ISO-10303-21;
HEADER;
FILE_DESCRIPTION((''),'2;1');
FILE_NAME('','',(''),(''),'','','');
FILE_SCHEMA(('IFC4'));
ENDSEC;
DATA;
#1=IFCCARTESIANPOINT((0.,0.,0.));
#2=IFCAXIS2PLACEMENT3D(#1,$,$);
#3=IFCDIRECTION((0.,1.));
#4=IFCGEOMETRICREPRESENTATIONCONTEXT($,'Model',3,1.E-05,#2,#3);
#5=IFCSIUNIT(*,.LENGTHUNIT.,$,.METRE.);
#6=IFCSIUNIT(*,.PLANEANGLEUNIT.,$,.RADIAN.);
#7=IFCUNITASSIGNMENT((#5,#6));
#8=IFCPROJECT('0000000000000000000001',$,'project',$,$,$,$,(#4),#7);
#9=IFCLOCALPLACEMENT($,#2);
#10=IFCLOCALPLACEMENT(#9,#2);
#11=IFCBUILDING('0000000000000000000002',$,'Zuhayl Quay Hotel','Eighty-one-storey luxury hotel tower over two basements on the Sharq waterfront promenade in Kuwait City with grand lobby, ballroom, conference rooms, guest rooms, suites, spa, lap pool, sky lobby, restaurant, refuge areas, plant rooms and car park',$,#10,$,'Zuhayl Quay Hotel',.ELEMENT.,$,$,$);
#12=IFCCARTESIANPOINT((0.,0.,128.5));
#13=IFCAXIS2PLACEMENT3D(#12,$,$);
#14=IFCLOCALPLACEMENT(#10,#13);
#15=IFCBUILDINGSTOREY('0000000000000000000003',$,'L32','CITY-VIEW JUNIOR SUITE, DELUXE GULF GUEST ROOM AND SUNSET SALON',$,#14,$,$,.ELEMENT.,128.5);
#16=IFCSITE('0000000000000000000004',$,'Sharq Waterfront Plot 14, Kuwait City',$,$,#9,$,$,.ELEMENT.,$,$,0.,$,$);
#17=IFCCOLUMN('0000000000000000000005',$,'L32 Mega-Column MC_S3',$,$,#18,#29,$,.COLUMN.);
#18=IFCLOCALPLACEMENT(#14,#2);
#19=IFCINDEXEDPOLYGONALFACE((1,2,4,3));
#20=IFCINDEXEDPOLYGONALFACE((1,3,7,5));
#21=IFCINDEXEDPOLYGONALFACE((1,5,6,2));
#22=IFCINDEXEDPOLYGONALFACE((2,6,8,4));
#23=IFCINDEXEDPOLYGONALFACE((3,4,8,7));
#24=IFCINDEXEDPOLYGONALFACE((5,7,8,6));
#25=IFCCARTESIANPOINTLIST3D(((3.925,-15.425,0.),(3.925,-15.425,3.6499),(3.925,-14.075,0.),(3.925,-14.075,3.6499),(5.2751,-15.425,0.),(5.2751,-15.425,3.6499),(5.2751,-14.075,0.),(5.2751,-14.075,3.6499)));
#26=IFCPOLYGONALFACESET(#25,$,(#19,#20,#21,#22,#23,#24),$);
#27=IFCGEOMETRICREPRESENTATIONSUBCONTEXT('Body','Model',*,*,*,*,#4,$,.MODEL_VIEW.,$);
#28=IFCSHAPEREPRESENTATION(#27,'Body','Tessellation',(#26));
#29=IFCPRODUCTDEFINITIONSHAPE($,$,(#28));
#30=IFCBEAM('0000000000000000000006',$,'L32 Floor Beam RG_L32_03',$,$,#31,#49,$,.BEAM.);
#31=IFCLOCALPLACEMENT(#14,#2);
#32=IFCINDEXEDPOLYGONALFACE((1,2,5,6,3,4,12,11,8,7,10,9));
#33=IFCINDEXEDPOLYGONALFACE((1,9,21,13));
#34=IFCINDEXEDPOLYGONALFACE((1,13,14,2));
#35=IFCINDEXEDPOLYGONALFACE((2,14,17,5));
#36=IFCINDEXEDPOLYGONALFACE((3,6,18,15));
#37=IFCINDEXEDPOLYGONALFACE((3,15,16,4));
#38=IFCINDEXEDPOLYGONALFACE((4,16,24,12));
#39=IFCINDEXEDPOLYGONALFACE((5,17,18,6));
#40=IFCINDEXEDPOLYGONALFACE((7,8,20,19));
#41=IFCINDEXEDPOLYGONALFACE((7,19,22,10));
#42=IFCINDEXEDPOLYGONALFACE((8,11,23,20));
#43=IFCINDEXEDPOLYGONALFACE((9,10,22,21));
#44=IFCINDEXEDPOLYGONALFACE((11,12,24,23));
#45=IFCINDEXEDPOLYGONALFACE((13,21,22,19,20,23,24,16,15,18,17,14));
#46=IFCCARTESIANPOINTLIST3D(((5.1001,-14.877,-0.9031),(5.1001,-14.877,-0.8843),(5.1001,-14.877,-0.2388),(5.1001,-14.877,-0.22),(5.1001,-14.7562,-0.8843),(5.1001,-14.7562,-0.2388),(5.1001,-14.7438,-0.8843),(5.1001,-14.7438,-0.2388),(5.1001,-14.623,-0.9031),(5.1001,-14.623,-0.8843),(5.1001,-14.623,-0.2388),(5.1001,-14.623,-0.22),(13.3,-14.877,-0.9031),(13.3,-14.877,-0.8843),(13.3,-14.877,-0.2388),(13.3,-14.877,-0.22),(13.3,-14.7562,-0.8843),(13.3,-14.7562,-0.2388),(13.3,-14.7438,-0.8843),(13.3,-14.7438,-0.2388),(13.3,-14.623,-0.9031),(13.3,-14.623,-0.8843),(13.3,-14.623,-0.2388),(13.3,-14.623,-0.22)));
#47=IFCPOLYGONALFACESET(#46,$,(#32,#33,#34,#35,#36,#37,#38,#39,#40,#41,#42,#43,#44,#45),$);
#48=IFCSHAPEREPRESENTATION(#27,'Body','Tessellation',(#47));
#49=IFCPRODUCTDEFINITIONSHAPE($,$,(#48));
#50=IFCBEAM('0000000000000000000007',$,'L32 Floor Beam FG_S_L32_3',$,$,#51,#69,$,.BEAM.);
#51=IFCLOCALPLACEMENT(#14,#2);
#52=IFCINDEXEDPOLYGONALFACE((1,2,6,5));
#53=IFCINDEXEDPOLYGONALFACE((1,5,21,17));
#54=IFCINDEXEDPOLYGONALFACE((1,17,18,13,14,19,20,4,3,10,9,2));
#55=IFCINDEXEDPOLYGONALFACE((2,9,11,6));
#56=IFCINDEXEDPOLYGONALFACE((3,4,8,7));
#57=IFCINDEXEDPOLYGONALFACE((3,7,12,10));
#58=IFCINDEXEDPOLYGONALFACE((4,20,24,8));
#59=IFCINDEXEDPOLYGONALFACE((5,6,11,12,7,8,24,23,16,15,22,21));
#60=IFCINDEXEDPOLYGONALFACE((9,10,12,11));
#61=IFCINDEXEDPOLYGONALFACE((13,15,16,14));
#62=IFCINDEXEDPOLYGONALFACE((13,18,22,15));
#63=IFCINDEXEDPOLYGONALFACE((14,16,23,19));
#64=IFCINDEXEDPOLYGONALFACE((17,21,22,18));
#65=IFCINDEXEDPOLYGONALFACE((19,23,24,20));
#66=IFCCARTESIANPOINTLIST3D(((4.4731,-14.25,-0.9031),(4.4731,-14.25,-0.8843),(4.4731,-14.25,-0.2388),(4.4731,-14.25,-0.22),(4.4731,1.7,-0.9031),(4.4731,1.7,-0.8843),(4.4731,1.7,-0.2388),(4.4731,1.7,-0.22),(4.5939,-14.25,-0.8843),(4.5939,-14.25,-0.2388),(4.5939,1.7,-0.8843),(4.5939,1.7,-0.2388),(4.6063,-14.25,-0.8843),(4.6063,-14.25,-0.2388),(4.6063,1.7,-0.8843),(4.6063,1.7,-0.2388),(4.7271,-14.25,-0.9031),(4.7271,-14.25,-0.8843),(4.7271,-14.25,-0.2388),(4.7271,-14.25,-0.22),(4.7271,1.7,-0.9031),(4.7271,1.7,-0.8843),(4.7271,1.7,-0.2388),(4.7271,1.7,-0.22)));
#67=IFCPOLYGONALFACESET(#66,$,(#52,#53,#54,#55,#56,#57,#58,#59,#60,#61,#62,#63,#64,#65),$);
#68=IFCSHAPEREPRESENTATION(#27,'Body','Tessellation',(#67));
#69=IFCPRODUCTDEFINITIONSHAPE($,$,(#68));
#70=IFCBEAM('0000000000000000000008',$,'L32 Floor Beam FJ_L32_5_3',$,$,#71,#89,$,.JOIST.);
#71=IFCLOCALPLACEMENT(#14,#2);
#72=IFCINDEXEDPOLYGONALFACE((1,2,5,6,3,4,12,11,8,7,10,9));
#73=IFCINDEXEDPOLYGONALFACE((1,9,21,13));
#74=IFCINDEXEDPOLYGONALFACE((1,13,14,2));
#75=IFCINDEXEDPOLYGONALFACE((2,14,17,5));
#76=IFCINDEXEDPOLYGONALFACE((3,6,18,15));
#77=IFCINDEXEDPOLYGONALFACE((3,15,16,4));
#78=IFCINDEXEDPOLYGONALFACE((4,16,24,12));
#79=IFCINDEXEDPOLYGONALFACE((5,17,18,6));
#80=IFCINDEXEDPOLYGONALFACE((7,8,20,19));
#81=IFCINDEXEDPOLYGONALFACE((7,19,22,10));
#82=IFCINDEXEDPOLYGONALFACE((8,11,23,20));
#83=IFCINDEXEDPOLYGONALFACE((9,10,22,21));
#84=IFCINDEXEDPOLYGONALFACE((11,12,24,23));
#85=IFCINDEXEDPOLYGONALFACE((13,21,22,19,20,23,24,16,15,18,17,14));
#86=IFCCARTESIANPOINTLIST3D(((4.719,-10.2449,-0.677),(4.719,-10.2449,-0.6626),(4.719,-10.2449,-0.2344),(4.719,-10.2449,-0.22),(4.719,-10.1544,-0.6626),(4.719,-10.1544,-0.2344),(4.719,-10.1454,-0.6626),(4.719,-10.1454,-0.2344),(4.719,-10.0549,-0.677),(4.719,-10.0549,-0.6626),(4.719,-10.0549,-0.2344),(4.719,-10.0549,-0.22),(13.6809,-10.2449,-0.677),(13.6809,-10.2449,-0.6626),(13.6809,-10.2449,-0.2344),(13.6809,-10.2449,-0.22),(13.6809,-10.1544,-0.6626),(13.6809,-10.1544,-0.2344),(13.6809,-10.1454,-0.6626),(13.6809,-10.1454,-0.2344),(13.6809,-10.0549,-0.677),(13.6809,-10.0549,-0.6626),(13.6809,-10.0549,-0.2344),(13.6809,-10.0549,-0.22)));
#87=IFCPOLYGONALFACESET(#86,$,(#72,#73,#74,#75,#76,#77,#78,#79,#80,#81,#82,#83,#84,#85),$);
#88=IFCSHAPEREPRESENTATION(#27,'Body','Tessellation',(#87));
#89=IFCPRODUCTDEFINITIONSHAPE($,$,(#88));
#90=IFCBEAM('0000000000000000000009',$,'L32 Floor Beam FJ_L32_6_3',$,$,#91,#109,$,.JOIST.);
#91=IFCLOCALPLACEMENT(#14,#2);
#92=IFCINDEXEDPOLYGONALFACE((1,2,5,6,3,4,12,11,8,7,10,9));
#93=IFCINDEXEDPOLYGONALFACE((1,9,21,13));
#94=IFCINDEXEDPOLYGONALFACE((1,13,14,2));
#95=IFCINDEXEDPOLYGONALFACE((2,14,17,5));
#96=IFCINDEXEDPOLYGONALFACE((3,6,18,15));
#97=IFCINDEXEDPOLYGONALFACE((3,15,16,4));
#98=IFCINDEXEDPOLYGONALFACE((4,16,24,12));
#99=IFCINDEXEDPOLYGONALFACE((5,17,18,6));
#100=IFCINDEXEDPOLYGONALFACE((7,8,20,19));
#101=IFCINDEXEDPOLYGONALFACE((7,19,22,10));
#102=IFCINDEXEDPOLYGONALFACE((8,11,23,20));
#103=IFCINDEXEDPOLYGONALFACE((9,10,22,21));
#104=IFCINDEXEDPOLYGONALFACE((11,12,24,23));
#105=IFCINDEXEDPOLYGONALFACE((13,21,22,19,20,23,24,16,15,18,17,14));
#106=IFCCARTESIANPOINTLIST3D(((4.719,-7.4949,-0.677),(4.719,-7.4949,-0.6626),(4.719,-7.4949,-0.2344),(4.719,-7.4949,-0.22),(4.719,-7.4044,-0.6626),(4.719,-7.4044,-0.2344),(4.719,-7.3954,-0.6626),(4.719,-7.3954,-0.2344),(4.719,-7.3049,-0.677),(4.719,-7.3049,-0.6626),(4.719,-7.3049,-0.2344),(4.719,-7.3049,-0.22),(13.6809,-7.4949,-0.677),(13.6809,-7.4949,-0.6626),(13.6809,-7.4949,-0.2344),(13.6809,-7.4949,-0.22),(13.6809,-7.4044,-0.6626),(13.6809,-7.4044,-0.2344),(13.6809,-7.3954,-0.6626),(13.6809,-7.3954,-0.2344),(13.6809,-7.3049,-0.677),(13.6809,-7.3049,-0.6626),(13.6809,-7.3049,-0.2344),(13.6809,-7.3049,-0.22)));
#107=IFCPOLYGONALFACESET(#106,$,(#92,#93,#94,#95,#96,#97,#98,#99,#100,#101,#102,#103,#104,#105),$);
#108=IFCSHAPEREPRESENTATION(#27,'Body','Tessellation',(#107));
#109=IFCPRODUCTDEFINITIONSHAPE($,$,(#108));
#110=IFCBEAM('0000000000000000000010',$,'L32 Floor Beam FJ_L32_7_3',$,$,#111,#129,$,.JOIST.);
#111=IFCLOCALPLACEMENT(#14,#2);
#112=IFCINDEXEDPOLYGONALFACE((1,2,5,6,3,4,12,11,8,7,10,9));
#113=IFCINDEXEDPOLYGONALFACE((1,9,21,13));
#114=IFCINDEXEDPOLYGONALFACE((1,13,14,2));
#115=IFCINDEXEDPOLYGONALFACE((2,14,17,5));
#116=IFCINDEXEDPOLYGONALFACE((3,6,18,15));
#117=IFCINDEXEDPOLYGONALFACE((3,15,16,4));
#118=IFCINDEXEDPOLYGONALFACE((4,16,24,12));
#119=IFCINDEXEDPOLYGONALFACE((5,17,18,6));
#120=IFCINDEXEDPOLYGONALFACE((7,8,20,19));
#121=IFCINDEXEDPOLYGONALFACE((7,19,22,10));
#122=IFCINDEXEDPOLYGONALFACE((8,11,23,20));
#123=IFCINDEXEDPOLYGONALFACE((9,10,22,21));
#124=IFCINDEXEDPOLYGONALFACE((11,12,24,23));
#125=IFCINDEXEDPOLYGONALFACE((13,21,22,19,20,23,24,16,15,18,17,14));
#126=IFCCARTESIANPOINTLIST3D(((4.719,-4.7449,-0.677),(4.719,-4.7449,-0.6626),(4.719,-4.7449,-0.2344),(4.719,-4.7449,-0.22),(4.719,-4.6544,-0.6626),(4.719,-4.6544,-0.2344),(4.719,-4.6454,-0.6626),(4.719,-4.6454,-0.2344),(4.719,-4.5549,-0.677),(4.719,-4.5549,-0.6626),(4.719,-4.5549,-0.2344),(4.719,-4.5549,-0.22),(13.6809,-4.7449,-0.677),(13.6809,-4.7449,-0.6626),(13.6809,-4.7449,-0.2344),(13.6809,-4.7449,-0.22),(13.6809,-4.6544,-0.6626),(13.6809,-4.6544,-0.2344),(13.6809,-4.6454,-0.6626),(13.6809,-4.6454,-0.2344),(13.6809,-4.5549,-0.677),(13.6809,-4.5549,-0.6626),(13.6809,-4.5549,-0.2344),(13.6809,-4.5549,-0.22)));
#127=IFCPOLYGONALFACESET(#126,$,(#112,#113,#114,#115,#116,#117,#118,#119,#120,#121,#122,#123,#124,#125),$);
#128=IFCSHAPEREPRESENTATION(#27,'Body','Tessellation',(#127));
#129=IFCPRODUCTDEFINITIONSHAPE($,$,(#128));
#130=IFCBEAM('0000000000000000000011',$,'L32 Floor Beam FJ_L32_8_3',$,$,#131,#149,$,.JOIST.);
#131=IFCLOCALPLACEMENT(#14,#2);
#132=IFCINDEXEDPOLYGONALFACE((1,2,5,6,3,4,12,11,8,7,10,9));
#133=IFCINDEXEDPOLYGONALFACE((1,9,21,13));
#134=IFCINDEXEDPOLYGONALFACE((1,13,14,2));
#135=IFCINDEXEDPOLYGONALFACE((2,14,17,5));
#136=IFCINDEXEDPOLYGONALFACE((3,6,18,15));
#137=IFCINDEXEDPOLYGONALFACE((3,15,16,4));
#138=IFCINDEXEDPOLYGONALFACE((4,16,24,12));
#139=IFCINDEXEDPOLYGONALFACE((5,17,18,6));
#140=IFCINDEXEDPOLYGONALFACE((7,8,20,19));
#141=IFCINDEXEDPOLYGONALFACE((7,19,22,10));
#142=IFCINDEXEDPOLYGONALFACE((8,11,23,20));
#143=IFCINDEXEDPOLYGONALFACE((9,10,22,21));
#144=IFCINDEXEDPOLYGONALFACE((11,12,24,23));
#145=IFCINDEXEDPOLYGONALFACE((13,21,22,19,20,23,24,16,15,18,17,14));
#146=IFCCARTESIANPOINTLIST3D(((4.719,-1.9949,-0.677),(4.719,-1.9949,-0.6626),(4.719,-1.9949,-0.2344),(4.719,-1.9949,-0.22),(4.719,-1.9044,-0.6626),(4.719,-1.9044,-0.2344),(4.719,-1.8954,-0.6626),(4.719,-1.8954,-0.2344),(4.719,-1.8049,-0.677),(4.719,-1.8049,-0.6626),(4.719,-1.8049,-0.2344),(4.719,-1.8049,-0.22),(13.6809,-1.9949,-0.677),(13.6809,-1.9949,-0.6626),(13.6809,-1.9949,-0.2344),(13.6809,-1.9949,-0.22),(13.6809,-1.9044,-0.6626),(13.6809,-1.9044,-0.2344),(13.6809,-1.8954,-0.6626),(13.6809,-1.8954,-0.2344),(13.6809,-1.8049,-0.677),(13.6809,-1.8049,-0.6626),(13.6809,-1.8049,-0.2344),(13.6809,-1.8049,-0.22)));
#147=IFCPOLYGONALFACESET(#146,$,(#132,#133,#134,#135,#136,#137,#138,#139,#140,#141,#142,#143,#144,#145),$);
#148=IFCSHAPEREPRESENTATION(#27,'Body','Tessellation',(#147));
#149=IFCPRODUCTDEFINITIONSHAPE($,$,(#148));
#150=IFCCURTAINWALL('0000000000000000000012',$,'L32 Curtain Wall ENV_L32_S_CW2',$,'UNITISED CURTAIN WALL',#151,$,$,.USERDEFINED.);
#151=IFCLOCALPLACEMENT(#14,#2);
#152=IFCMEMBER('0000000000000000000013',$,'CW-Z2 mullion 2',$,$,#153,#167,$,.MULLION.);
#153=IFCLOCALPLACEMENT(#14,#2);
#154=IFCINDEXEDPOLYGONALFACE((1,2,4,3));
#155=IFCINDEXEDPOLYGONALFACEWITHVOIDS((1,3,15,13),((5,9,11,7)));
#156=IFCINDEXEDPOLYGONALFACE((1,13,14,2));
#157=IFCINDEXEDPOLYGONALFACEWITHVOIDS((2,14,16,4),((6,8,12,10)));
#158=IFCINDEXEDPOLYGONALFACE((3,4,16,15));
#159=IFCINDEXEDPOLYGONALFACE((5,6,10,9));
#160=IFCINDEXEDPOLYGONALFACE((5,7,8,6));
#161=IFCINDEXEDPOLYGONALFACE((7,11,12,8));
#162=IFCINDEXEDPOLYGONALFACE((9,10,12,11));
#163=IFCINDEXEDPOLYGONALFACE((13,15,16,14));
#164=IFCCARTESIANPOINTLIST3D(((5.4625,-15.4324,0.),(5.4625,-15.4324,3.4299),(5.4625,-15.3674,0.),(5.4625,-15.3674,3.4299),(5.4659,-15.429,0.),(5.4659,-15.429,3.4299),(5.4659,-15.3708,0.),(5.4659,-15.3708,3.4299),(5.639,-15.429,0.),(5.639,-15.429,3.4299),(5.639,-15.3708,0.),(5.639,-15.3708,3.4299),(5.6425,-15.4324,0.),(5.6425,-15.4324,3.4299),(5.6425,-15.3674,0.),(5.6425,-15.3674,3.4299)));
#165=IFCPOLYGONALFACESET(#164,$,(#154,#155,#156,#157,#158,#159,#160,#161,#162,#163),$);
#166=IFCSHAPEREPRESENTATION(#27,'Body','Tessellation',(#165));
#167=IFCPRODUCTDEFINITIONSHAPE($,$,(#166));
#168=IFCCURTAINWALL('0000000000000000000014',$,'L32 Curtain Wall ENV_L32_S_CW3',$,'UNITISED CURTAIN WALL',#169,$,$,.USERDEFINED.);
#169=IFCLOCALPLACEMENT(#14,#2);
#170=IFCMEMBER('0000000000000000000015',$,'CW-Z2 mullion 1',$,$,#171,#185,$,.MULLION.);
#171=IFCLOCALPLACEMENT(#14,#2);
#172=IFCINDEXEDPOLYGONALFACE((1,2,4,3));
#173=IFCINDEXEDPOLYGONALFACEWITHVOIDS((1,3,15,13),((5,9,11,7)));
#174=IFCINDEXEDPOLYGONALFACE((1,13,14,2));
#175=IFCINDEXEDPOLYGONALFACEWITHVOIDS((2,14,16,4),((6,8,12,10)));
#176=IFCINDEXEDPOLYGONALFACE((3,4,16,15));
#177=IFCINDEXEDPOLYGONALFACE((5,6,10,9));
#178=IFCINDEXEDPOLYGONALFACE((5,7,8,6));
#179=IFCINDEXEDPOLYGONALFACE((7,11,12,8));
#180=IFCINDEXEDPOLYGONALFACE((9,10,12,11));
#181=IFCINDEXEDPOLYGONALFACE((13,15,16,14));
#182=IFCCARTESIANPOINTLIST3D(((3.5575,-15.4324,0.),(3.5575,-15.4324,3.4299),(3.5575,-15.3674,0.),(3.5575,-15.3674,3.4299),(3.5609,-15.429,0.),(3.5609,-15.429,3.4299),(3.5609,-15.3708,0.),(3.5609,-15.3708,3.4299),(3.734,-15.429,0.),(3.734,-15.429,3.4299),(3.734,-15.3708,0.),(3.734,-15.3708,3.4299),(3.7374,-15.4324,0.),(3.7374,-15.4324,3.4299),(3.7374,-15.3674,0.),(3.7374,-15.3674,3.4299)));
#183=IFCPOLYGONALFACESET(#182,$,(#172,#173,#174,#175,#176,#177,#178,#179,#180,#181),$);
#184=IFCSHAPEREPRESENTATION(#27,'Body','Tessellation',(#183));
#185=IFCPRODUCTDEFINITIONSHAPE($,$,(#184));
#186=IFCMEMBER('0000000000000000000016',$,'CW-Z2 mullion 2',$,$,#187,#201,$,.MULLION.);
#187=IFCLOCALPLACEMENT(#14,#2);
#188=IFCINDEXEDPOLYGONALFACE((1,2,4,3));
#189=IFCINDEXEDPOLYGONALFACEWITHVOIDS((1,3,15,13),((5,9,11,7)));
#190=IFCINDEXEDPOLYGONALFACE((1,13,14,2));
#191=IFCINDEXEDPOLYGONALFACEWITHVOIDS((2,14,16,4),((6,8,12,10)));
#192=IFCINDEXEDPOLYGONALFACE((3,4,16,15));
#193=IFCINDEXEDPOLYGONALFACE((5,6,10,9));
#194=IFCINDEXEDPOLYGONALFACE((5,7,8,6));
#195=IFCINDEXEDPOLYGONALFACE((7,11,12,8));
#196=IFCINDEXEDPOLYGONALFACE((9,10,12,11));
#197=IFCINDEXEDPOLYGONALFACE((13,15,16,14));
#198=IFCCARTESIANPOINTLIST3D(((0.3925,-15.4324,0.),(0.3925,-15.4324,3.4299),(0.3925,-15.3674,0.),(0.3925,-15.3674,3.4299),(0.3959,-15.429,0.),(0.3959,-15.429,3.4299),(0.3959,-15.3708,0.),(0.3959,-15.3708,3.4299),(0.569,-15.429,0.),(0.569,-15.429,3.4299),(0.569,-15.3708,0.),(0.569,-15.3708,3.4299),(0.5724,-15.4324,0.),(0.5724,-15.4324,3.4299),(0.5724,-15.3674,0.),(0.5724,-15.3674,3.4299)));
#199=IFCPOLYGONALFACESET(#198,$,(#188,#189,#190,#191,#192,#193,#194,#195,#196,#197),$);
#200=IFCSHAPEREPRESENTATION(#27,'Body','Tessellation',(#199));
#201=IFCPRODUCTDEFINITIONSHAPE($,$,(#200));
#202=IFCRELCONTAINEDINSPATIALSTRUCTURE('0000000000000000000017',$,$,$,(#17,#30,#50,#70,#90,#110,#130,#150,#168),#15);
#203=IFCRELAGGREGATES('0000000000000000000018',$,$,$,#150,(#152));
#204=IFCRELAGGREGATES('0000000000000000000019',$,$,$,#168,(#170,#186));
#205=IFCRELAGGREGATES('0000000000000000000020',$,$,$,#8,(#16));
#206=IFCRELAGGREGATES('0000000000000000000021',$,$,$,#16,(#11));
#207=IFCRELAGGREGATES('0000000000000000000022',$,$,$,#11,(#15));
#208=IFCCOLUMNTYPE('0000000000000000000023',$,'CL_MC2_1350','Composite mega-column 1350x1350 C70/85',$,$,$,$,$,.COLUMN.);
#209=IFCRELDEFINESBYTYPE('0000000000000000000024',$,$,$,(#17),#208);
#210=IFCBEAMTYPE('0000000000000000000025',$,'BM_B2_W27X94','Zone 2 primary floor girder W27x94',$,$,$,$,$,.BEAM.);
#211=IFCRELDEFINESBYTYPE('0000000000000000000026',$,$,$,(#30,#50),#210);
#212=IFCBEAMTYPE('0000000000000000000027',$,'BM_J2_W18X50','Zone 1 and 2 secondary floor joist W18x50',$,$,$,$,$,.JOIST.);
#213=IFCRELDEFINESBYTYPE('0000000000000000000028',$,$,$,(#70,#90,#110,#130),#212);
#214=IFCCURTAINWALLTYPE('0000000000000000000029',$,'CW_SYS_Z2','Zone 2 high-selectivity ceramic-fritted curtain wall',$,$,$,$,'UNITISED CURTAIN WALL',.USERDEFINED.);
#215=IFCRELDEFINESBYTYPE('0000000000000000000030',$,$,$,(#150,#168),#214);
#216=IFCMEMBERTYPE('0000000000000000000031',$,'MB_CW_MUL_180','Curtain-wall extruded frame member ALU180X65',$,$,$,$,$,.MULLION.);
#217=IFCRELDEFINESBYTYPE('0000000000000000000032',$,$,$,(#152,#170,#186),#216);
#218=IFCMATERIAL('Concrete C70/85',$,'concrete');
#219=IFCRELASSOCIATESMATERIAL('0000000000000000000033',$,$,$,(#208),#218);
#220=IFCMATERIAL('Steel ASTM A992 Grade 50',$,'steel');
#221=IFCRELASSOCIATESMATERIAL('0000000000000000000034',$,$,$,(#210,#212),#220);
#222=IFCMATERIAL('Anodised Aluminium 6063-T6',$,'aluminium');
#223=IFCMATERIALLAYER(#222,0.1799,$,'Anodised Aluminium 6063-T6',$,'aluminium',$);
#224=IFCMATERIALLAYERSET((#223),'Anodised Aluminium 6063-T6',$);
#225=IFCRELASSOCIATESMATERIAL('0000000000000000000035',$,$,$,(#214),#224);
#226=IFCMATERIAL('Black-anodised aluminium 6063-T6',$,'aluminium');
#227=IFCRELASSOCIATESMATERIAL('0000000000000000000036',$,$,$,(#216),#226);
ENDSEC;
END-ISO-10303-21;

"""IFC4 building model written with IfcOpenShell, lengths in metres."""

from ifc_helpers import new_model, si_unit, direction, frame, origin, origin_2d, place, context, subcontext, project, spatial, rectangle, hollow_rectangle, i_section, extrude, material, layer, layer_set, material_profile, profile_set, type_object, element, aggregate, save


model = new_model("IFC4")

# Units and contexts
model_context = context("Model", 3, precision=1e-05, world=origin(), true_north=direction((0.0, 1.0)))
body_context = subcontext(model_context, "Body", "Model", "MODEL_VIEW")
ifc_project = project(units=[si_unit("LENGTHUNIT", "METRE"), si_unit("PLANEANGLEUNIT", "RADIAN")], contexts=[model_context])

# Site, building, storey
site_placement = place(None, origin())
site = spatial("IfcSite", under=ifc_project, at=site_placement, Name="Sharq Waterfront Plot 14, Kuwait City", CompositionType="ELEMENT", RefElevation=0.0)
building_placement = place(site_placement, origin())
building = spatial("IfcBuilding", under=site, at=building_placement, Name="Zuhayl Quay Hotel", Description="Eighty-one-storey luxury hotel tower over two basements on the Sharq waterfront promenade in Kuwait City with grand lobby, ballroom, conference rooms, guest rooms, suites, spa, lap pool, sky lobby, restaurant, refuge areas, plant rooms and car park", LongName="Zuhayl Quay Hotel", CompositionType="ELEMENT")
storey_placement = place(building_placement, frame((0.0, 0.0, 128.5)))
storey = spatial("IfcBuildingStorey", under=building, at=storey_placement, Name="L32", Description="CITY-VIEW JUNIOR SUITE, DELUXE GULF GUEST ROOM AND SUNSET SALON", CompositionType="ELEMENT", Elevation=128.5)

# Column
ifc_material_1 = material(Name="Concrete C70/85", Category="concrete")
ifc_material_profile_1 = material_profile(ifc_material_1, rectangle(XDim=1.3501, YDim=1.3501, at=origin_2d()), Name="RC1350X1350")
ifc_profile_set_1 = profile_set([ifc_material_profile_1], Name="Concrete C70/85")
column_type = type_object("IfcColumnType", Name="CL_MC2_1350", Description="Composite mega-column 1350x1350 C70/85", PredefinedType="COLUMN", material=ifc_profile_set_1)
column_placement = place(storey_placement, frame((4.6001, -14.75, 0.0), z_axis=(0.0, 0.0, 1.0), x_axis=(1.0, 0.0, 0.0)))
element("IfcColumn", 1, at=column_placement, inside=storey, type_object=column_type, Name="L32 Mega-Column MC_S3", PredefinedType="COLUMN", context=body_context, shape_type="SweptSolid", body=[
    extrude(rectangle(XDim=1.3501, YDim=1.3501, at=origin_2d()), origin(), (0.0, 0.0, 1.0), 3.6499),
])

# Beams
ifc_material_2 = material(Name="Steel ASTM A992 Grade 50", Category="steel")
ifc_material_profile_2 = material_profile(ifc_material_2, i_section(OverallWidth=0.2539, OverallDepth=0.6831, WebThickness=0.0125, FlangeThickness=0.0188, at=origin_2d()), Name="W27X94")
ifc_profile_set_2 = profile_set([ifc_material_profile_2], Name="Steel ASTM A992 Grade 50")
beam_type_1 = type_object("IfcBeamType", Name="BM_B2_W27X94", Description="Zone 2 primary floor girder W27x94", PredefinedType="BEAM", material=ifc_profile_set_2)
beam_1_placement = place(storey_placement, frame((5.1001, -14.75, -0.5615), z_axis=(1.0, 0.0, 0.0), x_axis=(0.0, 1.0, 0.0)))
element("IfcBeam", 2, at=beam_1_placement, inside=storey, type_object=beam_type_1, Name="L32 Floor Beam RG_L32_03", PredefinedType="BEAM", context=body_context, shape_type="SweptSolid", body=[
    extrude(i_section(OverallWidth=0.2539, OverallDepth=0.6831, WebThickness=0.0125, FlangeThickness=0.0188, at=origin_2d()), origin(), (0.0, 0.0, 1.0), 8.2),
])
beam_2_placement = place(storey_placement, frame((4.6001, -14.25, -0.5615), z_axis=(0.0, 1.0, 0.0), x_axis=(-1.0, 0.0, 0.0)))
element("IfcBeam", 3, at=beam_2_placement, inside=storey, type_object=beam_type_1, Name="L32 Floor Beam FG_S_L32_3", PredefinedType="BEAM", context=body_context, shape_type="SweptSolid", body=[
    extrude(i_section(OverallWidth=0.2539, OverallDepth=0.6831, WebThickness=0.0125, FlangeThickness=0.0188, at=origin_2d()), origin(), (0.0, 0.0, 1.0), 15.95),
])
ifc_material_profile_3 = material_profile(ifc_material_2, i_section(OverallWidth=0.1899, OverallDepth=0.457, WebThickness=0.009, FlangeThickness=0.0144, at=origin_2d()), Name="W18X50")
ifc_profile_set_3 = profile_set([ifc_material_profile_3], Name="Steel ASTM A992 Grade 50")
beam_type_2 = type_object("IfcBeamType", Name="BM_J2_W18X50", Description="Zone 1 and 2 secondary floor joist W18x50", PredefinedType="JOIST", material=ifc_profile_set_3)
for number, where, z_axis, x_axis, name in (
    (4, (4.719, -10.1499, -0.4485), (1.0, 0.0, 0.0), (0.0, 1.0, 0.0), "L32 Floor Beam FJ_L32_5_3"),
    (5, (4.719, -7.3999, -0.4485), (1.0, 0.0, 0.0), (0.0, 1.0, 0.0), "L32 Floor Beam FJ_L32_6_3"),
    (6, (4.719, -4.6499, -0.4485), (1.0, 0.0, 0.0), (0.0, 1.0, 0.0), "L32 Floor Beam FJ_L32_7_3"),
    (7, (4.719, -1.8999, -0.4485), (1.0, 0.0, 0.0), (0.0, 1.0, 0.0), "L32 Floor Beam FJ_L32_8_3"),
):
    element("IfcBeam", number, at=place(storey_placement, frame(where, z_axis=z_axis, x_axis=x_axis)), inside=storey, type_object=beam_type_2, Name=name, PredefinedType="JOIST", context=body_context, shape_type="SweptSolid", body=[
        extrude(i_section(OverallWidth=0.1899, OverallDepth=0.457, WebThickness=0.009, FlangeThickness=0.0144, at=origin_2d()), origin(), (0.0, 0.0, 1.0), 8.9619),
    ])

# Curtain wall, member
ifc_material_3 = material(Name="Anodised Aluminium 6063-T6", Category="aluminium")
ifc_layer_1 = layer(ifc_material_3, 0.1799, Name="Anodised Aluminium 6063-T6", Category="aluminium")
ifc_layer_set_1 = layer_set([ifc_layer_1], Name="Anodised Aluminium 6063-T6")
curtain_wall_type = type_object("IfcCurtainWallType", Name="CW_SYS_Z2", Description="Zone 2 high-selectivity ceramic-fritted curtain wall", ElementType="UNITISED CURTAIN WALL", PredefinedType="USERDEFINED", material=ifc_layer_set_1)
curtain_wall_1_placement = place(storey_placement, origin())
curtain_wall_1 = element("IfcCurtainWall", 8, at=curtain_wall_1_placement, inside=storey, type_object=curtain_wall_type, Name="L32 Curtain Wall ENV_L32_S_CW2", ObjectType="UNITISED CURTAIN WALL", PredefinedType="USERDEFINED")
ifc_material_4 = material(Name="Black-anodised aluminium 6063-T6", Category="aluminium")
ifc_material_profile_4 = material_profile(ifc_material_4, hollow_rectangle(XDim=0.0649, YDim=0.1799, WallThickness=0.0034, at=origin_2d()), Name="ALU180X65")
ifc_profile_set_4 = profile_set([ifc_material_profile_4], Name="Black-anodised aluminium 6063-T6")
member_type_1 = type_object("IfcMemberType", Name="MB_CW_MUL_180", Description="Curtain-wall extruded frame member ALU180X65", PredefinedType="MULLION", material=ifc_profile_set_4)
member_1_placement = place(storey_placement, frame((5.5525, -15.3999, 0.0), z_axis=(0.0, 0.0, 1.0), x_axis=(0.0, -1.0, 0.0)))
member_1 = element("IfcMember", 9, at=member_1_placement, type_object=member_type_1, Name="CW-Z2 mullion 2", PredefinedType="MULLION", context=body_context, shape_type="SweptSolid", body=[
    extrude(hollow_rectangle(XDim=0.0649, YDim=0.1799, WallThickness=0.0034, at=origin_2d()), origin(), (0.0, 0.0, 1.0), 3.4299),
])
aggregate(curtain_wall_1, [member_1])

# Curtain wall, members
curtain_wall_2_placement = place(storey_placement, origin())
curtain_wall_2 = element("IfcCurtainWall", 10, at=curtain_wall_2_placement, inside=storey, type_object=curtain_wall_type, Name="L32 Curtain Wall ENV_L32_S_CW3", ObjectType="UNITISED CURTAIN WALL", PredefinedType="USERDEFINED")
member_2_placement = place(storey_placement, frame((3.6475, -15.3999, 0.0), z_axis=(0.0, 0.0, 1.0), x_axis=(0.0, -1.0, 0.0)))
member_2 = element("IfcMember", 11, at=member_2_placement, type_object=member_type_1, Name="CW-Z2 mullion 1", PredefinedType="MULLION", context=body_context, shape_type="SweptSolid", body=[
    extrude(hollow_rectangle(XDim=0.0649, YDim=0.1799, WallThickness=0.0034, at=origin_2d()), origin(), (0.0, 0.0, 1.0), 3.4299),
])
member_3_placement = place(storey_placement, frame((0.4824, -15.3999, 0.0), z_axis=(0.0, 0.0, 1.0), x_axis=(0.0, -1.0, 0.0)))
member_3 = element("IfcMember", 12, at=member_3_placement, type_object=member_type_1, Name="CW-Z2 mullion 2", PredefinedType="MULLION", context=body_context, shape_type="SweptSolid", body=[
    extrude(hollow_rectangle(XDim=0.0649, YDim=0.1799, WallThickness=0.0034, at=origin_2d()), origin(), (0.0, 0.0, 1.0), 3.4299),
])
aggregate(curtain_wall_2, [member_2, member_3])

save(model, "model.ifc")
